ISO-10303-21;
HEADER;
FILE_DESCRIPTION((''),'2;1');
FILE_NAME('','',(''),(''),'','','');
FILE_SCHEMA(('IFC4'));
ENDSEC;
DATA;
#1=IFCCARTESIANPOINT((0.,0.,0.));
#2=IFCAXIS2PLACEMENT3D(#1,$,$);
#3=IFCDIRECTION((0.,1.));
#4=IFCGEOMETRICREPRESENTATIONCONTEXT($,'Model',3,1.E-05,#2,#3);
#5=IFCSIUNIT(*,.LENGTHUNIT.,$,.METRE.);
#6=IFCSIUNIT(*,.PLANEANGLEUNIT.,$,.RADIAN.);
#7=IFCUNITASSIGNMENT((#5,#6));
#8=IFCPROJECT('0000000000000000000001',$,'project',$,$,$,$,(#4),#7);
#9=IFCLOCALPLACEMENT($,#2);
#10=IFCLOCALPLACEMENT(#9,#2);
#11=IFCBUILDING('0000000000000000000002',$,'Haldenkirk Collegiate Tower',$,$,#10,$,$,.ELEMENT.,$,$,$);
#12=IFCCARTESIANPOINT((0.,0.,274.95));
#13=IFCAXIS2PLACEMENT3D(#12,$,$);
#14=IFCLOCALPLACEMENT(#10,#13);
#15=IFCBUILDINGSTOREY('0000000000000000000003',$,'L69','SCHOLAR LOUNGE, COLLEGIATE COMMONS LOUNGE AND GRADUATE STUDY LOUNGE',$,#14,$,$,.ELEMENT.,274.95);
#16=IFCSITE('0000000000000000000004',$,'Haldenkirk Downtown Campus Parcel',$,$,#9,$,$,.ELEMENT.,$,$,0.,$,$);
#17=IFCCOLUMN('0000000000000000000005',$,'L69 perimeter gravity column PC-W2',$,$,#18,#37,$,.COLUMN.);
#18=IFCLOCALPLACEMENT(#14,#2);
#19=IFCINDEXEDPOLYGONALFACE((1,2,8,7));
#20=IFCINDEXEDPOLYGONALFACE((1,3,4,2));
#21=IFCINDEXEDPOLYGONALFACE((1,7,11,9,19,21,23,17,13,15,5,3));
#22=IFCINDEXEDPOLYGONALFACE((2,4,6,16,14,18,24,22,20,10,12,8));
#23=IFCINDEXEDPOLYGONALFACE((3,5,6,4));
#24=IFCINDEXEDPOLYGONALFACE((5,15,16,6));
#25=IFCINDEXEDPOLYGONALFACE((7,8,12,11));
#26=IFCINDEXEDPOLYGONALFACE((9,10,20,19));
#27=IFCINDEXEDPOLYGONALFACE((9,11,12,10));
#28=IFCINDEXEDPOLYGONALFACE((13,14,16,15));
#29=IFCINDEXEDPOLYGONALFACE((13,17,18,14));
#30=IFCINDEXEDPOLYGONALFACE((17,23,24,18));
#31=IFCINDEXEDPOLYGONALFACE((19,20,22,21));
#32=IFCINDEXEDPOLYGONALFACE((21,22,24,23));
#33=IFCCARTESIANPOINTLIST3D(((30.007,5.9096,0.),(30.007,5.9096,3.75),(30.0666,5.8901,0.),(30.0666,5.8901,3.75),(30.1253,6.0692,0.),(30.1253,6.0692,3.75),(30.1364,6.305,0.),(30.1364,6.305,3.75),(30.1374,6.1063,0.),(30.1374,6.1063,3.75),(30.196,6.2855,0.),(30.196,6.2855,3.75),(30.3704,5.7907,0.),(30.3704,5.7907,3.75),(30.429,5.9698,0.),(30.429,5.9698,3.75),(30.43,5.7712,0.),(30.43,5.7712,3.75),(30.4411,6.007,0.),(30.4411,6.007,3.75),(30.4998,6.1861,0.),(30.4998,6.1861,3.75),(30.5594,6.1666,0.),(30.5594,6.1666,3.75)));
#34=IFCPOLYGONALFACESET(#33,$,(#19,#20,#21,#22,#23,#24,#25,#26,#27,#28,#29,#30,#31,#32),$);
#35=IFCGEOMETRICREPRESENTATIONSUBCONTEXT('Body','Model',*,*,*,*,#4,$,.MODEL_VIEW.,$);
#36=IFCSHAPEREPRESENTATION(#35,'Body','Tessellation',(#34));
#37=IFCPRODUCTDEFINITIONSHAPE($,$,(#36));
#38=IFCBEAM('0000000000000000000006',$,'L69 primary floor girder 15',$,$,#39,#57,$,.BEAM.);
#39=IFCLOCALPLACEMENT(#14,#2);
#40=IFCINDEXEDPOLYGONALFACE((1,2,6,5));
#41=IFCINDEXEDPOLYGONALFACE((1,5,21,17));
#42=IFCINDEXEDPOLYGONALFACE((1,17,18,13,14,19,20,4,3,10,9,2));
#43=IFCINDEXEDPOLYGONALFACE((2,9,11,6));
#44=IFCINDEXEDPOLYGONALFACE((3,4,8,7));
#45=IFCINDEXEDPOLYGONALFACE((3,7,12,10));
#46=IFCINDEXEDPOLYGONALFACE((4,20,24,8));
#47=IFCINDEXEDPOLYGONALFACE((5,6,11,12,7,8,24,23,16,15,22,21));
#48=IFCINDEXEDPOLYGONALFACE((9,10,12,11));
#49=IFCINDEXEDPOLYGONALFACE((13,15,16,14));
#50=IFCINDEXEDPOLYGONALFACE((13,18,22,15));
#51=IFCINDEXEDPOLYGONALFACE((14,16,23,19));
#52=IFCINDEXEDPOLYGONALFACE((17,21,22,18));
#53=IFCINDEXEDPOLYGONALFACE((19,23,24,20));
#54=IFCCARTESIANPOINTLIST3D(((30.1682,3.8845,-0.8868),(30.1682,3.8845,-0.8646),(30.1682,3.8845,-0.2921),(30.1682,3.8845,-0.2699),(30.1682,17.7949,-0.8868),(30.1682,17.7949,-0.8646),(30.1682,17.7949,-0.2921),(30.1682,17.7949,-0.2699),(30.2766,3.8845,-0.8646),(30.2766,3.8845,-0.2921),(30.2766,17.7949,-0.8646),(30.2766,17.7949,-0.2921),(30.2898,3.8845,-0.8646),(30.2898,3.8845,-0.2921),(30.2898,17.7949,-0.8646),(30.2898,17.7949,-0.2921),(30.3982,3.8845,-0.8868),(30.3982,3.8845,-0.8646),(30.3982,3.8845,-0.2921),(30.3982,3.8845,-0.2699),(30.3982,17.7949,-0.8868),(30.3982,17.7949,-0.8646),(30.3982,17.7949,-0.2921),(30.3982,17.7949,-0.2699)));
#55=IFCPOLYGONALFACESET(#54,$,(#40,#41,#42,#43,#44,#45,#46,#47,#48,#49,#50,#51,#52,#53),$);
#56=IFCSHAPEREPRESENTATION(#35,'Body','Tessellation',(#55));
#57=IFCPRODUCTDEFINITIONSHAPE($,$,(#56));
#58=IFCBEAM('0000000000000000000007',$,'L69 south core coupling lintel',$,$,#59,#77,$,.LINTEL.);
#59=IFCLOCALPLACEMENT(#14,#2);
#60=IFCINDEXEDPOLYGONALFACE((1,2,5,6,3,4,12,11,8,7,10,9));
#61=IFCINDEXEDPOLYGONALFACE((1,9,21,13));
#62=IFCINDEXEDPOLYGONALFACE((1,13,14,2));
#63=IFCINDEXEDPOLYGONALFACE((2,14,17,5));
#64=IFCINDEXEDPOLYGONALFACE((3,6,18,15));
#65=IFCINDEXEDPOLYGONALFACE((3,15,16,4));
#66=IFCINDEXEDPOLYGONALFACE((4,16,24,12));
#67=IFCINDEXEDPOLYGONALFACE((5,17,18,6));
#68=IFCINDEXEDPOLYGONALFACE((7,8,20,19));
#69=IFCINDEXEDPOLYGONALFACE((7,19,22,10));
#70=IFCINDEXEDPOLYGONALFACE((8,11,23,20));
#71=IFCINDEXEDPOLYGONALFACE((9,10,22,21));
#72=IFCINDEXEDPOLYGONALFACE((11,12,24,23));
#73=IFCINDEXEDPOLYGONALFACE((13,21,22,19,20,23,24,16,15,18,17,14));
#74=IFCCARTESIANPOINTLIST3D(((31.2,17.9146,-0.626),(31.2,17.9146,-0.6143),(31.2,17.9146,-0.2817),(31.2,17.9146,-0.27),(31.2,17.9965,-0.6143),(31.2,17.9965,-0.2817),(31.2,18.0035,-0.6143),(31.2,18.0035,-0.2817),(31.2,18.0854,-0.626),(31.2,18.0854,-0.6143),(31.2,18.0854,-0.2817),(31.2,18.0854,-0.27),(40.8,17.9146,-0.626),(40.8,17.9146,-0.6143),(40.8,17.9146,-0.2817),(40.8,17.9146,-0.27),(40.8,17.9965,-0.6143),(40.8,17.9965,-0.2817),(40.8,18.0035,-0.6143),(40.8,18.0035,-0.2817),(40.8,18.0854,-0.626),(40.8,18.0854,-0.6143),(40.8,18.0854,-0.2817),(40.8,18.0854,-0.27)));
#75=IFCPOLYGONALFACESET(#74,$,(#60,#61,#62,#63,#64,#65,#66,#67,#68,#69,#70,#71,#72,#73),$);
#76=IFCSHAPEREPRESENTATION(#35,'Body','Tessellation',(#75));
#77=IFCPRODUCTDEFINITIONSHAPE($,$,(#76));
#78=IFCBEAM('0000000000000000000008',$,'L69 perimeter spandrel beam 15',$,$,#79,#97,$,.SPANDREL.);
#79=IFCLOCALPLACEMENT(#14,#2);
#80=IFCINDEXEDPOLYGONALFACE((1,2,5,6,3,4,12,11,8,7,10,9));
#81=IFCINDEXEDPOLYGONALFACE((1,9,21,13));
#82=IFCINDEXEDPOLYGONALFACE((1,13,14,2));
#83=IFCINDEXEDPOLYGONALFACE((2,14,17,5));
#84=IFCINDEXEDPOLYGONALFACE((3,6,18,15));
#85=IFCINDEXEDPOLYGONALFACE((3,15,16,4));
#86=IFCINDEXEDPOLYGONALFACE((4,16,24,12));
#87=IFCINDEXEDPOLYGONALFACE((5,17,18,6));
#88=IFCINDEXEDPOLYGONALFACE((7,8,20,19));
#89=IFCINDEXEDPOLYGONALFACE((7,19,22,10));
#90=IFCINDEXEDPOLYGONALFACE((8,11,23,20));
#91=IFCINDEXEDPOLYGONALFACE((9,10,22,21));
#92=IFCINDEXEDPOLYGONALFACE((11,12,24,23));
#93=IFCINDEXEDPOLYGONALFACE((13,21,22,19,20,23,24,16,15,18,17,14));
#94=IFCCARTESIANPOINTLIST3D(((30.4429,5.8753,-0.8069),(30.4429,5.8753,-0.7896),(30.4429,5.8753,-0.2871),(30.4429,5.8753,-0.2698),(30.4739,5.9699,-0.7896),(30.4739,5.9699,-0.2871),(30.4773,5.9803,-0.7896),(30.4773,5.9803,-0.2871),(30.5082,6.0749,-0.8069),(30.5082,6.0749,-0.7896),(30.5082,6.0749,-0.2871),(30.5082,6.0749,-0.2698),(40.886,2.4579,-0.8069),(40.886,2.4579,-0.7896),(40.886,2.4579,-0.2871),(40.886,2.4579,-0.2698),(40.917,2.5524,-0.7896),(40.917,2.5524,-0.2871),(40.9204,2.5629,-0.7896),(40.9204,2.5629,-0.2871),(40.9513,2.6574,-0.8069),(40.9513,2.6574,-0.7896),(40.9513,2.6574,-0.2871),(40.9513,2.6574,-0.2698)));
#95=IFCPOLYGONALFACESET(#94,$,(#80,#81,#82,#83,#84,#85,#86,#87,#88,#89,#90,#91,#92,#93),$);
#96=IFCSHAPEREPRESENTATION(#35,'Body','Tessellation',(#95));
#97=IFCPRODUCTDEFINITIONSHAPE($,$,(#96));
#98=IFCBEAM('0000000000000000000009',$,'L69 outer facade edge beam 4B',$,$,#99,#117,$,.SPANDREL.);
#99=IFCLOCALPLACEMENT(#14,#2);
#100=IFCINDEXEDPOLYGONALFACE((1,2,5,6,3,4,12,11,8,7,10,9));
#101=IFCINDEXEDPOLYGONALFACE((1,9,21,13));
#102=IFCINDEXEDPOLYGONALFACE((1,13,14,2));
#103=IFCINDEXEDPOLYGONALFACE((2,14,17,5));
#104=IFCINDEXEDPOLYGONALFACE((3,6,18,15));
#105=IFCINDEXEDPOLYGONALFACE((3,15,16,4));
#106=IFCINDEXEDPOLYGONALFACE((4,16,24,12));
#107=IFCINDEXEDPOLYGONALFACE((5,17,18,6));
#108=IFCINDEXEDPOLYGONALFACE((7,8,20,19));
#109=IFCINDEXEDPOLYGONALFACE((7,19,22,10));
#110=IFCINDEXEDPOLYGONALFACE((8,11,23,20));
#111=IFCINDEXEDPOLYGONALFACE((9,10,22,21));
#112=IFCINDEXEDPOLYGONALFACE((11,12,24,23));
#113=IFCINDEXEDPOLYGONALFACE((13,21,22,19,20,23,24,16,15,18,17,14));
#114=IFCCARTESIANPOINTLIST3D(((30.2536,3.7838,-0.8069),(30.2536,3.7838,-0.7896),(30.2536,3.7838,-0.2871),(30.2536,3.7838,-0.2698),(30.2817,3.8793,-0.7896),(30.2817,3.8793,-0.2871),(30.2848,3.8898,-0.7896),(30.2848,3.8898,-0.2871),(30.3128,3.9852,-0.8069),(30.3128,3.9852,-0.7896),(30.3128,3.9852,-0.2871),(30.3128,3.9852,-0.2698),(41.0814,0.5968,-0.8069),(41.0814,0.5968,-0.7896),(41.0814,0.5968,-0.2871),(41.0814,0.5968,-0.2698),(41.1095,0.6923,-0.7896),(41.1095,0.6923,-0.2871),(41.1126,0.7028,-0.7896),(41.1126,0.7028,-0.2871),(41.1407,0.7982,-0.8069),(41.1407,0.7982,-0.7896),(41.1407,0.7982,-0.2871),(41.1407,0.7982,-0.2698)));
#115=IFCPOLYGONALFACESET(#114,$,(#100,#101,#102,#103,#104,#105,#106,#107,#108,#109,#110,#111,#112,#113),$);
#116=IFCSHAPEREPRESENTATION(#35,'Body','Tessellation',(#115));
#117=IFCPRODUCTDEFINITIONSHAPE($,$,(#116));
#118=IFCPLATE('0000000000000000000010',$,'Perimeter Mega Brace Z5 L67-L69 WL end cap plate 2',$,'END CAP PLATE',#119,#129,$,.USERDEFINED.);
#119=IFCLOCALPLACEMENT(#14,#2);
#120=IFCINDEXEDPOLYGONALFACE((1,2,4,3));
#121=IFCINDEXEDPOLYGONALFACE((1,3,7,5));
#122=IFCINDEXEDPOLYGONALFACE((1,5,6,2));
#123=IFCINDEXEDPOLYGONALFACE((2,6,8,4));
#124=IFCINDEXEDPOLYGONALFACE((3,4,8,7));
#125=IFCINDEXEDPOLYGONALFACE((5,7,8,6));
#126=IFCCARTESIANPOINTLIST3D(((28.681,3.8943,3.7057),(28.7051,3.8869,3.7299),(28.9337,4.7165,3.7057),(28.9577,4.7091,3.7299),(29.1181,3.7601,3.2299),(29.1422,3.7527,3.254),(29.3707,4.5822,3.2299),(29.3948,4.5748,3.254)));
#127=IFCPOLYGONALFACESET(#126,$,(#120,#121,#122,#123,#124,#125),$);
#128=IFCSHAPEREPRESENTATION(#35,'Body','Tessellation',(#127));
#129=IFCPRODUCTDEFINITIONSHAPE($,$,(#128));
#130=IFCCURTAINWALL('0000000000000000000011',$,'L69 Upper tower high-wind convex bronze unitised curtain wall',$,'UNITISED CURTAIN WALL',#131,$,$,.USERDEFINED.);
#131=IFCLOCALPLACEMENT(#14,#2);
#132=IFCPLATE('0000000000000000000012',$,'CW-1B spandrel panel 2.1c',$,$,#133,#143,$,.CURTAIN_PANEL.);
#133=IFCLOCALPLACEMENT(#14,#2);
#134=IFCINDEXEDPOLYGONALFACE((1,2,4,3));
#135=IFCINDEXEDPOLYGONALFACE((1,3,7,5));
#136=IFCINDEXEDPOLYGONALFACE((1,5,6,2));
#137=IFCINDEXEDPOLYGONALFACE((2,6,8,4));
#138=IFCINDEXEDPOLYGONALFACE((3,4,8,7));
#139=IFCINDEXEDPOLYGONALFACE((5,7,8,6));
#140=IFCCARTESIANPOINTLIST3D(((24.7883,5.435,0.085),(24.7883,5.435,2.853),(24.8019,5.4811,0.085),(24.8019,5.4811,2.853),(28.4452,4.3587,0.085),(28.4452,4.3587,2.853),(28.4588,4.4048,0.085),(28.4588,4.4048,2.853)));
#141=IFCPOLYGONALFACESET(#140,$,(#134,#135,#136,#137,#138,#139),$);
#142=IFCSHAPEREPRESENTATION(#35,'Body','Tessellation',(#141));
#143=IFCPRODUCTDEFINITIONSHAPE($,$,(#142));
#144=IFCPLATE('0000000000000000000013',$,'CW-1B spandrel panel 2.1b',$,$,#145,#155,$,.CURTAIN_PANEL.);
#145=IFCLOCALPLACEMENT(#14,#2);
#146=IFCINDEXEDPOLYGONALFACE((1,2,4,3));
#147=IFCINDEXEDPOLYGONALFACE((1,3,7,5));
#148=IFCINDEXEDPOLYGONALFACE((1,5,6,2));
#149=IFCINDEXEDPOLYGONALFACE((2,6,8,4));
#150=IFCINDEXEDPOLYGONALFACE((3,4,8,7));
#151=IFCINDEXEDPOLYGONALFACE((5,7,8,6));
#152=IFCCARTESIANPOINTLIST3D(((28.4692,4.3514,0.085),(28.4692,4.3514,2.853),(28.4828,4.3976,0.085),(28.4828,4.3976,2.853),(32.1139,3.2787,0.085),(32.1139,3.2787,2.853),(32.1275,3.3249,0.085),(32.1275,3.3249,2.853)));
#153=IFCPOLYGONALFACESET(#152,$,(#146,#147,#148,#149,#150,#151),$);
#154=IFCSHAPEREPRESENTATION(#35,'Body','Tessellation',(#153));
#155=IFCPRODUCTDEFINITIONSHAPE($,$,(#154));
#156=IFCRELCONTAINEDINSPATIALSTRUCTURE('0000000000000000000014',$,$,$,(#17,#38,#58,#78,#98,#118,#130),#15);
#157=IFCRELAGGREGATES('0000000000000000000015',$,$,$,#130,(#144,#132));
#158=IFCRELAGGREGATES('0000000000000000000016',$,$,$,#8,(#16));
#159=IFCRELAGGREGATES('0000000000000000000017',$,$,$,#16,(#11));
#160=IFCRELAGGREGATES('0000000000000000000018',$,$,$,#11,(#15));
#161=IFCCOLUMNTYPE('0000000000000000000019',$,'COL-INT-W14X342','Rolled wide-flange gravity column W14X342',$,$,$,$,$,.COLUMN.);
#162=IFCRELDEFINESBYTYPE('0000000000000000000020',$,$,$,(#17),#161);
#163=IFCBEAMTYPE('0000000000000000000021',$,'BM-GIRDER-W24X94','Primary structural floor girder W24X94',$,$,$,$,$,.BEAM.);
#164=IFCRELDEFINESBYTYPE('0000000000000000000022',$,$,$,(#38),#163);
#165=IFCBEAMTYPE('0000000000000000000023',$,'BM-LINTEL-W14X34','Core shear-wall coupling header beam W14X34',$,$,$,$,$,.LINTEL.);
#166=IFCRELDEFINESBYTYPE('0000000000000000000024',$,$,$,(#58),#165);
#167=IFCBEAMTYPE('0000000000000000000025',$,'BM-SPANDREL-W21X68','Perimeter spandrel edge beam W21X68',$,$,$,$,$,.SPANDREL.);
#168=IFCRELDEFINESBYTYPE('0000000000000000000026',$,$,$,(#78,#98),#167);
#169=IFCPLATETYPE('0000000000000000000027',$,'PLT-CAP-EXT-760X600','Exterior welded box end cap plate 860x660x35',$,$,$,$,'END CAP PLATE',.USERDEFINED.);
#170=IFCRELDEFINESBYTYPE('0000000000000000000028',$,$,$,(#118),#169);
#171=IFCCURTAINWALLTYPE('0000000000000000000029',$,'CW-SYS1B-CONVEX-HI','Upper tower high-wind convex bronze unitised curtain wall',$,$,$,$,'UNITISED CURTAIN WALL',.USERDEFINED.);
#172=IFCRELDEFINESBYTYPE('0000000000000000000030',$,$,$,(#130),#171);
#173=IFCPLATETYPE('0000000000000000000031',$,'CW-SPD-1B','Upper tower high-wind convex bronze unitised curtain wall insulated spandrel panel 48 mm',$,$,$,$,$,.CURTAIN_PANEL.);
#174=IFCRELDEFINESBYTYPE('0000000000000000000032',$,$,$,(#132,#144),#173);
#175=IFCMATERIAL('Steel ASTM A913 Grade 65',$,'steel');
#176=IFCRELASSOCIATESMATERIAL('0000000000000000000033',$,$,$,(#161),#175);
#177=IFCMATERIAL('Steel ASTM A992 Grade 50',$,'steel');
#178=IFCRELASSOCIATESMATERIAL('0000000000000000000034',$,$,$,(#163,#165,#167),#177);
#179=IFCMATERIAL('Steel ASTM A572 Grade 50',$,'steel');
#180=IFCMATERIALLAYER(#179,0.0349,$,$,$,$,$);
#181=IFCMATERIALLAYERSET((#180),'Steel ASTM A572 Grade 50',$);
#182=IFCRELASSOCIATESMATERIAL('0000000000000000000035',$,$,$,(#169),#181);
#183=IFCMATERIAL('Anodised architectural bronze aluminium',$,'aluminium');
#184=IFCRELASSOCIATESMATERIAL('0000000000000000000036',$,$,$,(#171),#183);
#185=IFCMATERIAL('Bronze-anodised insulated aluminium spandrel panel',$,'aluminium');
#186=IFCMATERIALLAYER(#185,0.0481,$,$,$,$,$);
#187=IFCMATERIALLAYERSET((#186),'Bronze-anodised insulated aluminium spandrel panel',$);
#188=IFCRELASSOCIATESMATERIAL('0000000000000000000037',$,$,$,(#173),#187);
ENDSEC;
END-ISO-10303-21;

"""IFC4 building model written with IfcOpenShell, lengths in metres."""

from ifc_helpers import new_model, si_unit, direction, frame, origin, origin_2d, place, context, subcontext, project, spatial, rectangle, i_section, extrude, source, transform, mapped, material, layer, layer_set, material_profile, profile_set, type_object, element, aggregate, save


model = new_model("IFC4")

# Units and contexts
model_context = context("Model", 3, precision=1e-05, world=origin(), true_north=direction((0.0, 1.0)))
body_context = subcontext(model_context, "Body", "Model", "MODEL_VIEW")
ifc_project = project(units=[si_unit("LENGTHUNIT", "METRE"), si_unit("PLANEANGLEUNIT", "RADIAN")], contexts=[model_context])

# Site, building, storey
site_placement = place(None, origin())
site = spatial("IfcSite", under=ifc_project, at=site_placement, Name="Haldenkirk Downtown Campus Parcel", CompositionType="ELEMENT", RefElevation=0.0)
building_placement = place(site_placement, origin())
building = spatial("IfcBuilding", under=site, at=building_placement, Name="Haldenkirk Collegiate Tower", CompositionType="ELEMENT")
storey_placement = place(building_placement, frame((0.0, 0.0, 274.95)))
storey = spatial("IfcBuildingStorey", under=building, at=storey_placement, Name="L69", Description="SCHOLAR LOUNGE, COLLEGIATE COMMONS LOUNGE AND GRADUATE STUDY LOUNGE", CompositionType="ELEMENT", Elevation=274.95)

# Column
ifc_material_1 = material(Name="Steel ASTM A913 Grade 65", Category="steel")
ifc_material_profile_1 = material_profile(ifc_material_1, i_section(OverallWidth=0.416, OverallDepth=0.4451, WebThickness=0.0391, FlangeThickness=0.0627, at=origin_2d()), Name="W14X342")
ifc_profile_set_1 = profile_set([ifc_material_profile_1], Name="Steel ASTM A913 Grade 65")
column_type = type_object("IfcColumnType", Name="COL-INT-W14X342", Description="Rolled wide-flange gravity column W14X342", PredefinedType="COLUMN", material=ifc_profile_set_1)
column_placement = place(storey_placement, frame((30.2832, 6.0381, 0.0), z_axis=(0.0, 0.0, 1.0), x_axis=(0.311008, 0.950407, 0.0)))
element("IfcColumn", 1, at=column_placement, inside=storey, type_object=column_type, Name="L69 perimeter gravity column PC-W2", PredefinedType="COLUMN", context=body_context, shape_type="SweptSolid", body=[
    extrude(i_section(OverallWidth=0.416, OverallDepth=0.4451, WebThickness=0.0391, FlangeThickness=0.0627, at=origin_2d()), origin(), (0.0, 0.0, 1.0), 3.75),
])

# Beams
ifc_material_2 = material(Name="Steel ASTM A992 Grade 50", Category="steel")
ifc_material_profile_2 = material_profile(ifc_material_2, i_section(OverallWidth=0.23, OverallDepth=0.6169, WebThickness=0.0132, FlangeThickness=0.0222, at=origin_2d()), Name="W24X94")
ifc_profile_set_2 = profile_set([ifc_material_profile_2], Name="Steel ASTM A992 Grade 50")
beam_type_1 = type_object("IfcBeamType", Name="BM-GIRDER-W24X94", Description="Primary structural floor girder W24X94", PredefinedType="BEAM", material=ifc_profile_set_2)
beam_1_placement = place(storey_placement, frame((30.2832, 3.8845, -0.5784), z_axis=(0.0, 1.0, 0.0), x_axis=(-1.0, 0.0, 0.0)))
element("IfcBeam", 2, at=beam_1_placement, inside=storey, type_object=beam_type_1, Name="L69 primary floor girder 15", PredefinedType="BEAM", context=body_context, shape_type="SweptSolid", body=[
    extrude(i_section(OverallWidth=0.23, OverallDepth=0.6169, WebThickness=0.0132, FlangeThickness=0.0222, at=origin_2d()), origin(), (0.0, 0.0, 1.0), 13.9104),
])
ifc_material_profile_3 = material_profile(ifc_material_2, i_section(OverallWidth=0.1709, OverallDepth=0.356, WebThickness=0.0071, FlangeThickness=0.0117, at=origin_2d()), Name="W14X34")
ifc_profile_set_3 = profile_set([ifc_material_profile_3], Name="Steel ASTM A992 Grade 50")
beam_type_2 = type_object("IfcBeamType", Name="BM-LINTEL-W14X34", Description="Core shear-wall coupling header beam W14X34", PredefinedType="LINTEL", material=ifc_profile_set_3)
beam_2_placement = place(storey_placement, frame((31.2, 18.0, -0.448), z_axis=(1.0, 0.0, 0.0), x_axis=(0.0, 1.0, 0.0)))
element("IfcBeam", 3, at=beam_2_placement, inside=storey, type_object=beam_type_2, Name="L69 south core coupling lintel", PredefinedType="LINTEL", context=body_context, shape_type="SweptSolid", body=[
    extrude(i_section(OverallWidth=0.1709, OverallDepth=0.356, WebThickness=0.0071, FlangeThickness=0.0117, at=origin_2d()), origin(), (0.0, 0.0, 1.0), 9.6001),
])
ifc_material_profile_4 = material_profile(ifc_material_2, i_section(OverallWidth=0.21, OverallDepth=0.5371, WebThickness=0.011, FlangeThickness=0.0173, at=origin_2d()), Name="W21X68")
ifc_profile_set_4 = profile_set([ifc_material_profile_4], Name="Steel ASTM A992 Grade 50")
beam_type_3 = type_object("IfcBeamType", Name="BM-SPANDREL-W21X68", Description="Perimeter spandrel edge beam W21X68", PredefinedType="SPANDREL", material=ifc_profile_set_4)
beam_3_placement = place(storey_placement, frame((30.4756, 5.9751, -0.5383), z_axis=(0.950404, -0.311017, 0.0), x_axis=(0.311017, 0.950404, 0.0)))
element("IfcBeam", 4, at=beam_3_placement, inside=storey, type_object=beam_type_3, Name="L69 perimeter spandrel beam 15", PredefinedType="SPANDREL", context=body_context, shape_type="SweptSolid", body=[
    extrude(i_section(OverallWidth=0.21, OverallDepth=0.5371, WebThickness=0.011, FlangeThickness=0.0173, at=origin_2d()), origin(), (0.0, 0.0, 1.0), 10.988),
])
beam_4_placement = place(storey_placement, frame((30.2832, 3.8845, -0.5383), z_axis=(0.959309, -0.282357, 0.0), x_axis=(0.282357, 0.959309, 0.0)))
element("IfcBeam", 5, at=beam_4_placement, inside=storey, type_object=beam_type_3, Name="L69 outer facade edge beam 4B", PredefinedType="SPANDREL", context=body_context, shape_type="SweptSolid", body=[
    extrude(i_section(OverallWidth=0.21, OverallDepth=0.5371, WebThickness=0.011, FlangeThickness=0.0173, at=origin_2d()), origin(), (0.0, 0.0, 1.0), 11.2871),
])

# Plate
ifc_material_3 = material(Name="Steel ASTM A572 Grade 50", Category="steel")
ifc_layer_1 = layer(ifc_material_3, 0.0349)
ifc_layer_set_1 = layer_set([ifc_layer_1], Name="Steel ASTM A572 Grade 50")
plate_type_1 = type_object("IfcPlateType", Name="PLT-CAP-EXT-760X600", Description="Exterior welded box end cap plate 860x660x35", ElementType="END CAP PLATE", PredefinedType="USERDEFINED", material=ifc_layer_set_1)
shared_shape_1 = source(origin(), body_context, "Body", "SweptSolid", [
    extrude(rectangle(XDim=0.8601, YDim=0.6599, at=origin_2d()), origin(), (0.0, 0.0, 1.0), 0.0349),
])
plate_1_placement = place(storey_placement, frame((29.0259, 4.2383, 3.4678), z_axis=(0.689271, -0.211775, 0.692861), x_axis=(0.293696, 0.955899, 0.0)))
element("IfcPlate", 6, at=plate_1_placement, inside=storey, type_object=plate_type_1, Name="Perimeter Mega Brace Z5 L67-L69 WL end cap plate 2", ObjectType="END CAP PLATE", PredefinedType="USERDEFINED", context=body_context, shape_type="MappedRepresentation", body=[
    mapped(shared_shape_1, transform((0.0, 0.0, 0.0), x_axis=(1.0, 0.0, 0.0), y_axis=(0.0, 1.0, 0.0), z_axis=(0.0, 0.0, 1.0), scale=1.0)),
])

# Curtain wall, plates
ifc_material_4 = material(Name="Anodised architectural bronze aluminium", Category="aluminium")
curtain_wall_type = type_object("IfcCurtainWallType", Name="CW-SYS1B-CONVEX-HI", Description="Upper tower high-wind convex bronze unitised curtain wall", ElementType="UNITISED CURTAIN WALL", PredefinedType="USERDEFINED", material=ifc_material_4)
curtain_wall_placement = place(storey_placement, origin())
curtain_wall = element("IfcCurtainWall", 7, at=curtain_wall_placement, inside=storey, type_object=curtain_wall_type, Name="L69 Upper tower high-wind convex bronze unitised curtain wall", ObjectType="UNITISED CURTAIN WALL", PredefinedType="USERDEFINED")
ifc_material_5 = material(Name="Bronze-anodised insulated aluminium spandrel panel", Category="aluminium")
ifc_layer_2 = layer(ifc_material_5, 0.0481)
ifc_layer_set_2 = layer_set([ifc_layer_2], Name="Bronze-anodised insulated aluminium spandrel panel")
plate_type_2 = type_object("IfcPlateType", Name="CW-SPD-1B", Description="Upper tower high-wind convex bronze unitised curtain wall insulated spandrel panel 48 mm", PredefinedType="CURTAIN_PANEL", material=ifc_layer_set_2)
shared_shape_2 = source(origin(), body_context, "Body", "SweptSolid", [
    extrude(rectangle(XDim=3.812, YDim=0.0481, at=origin_2d()), origin(), (0.0, 0.0, 1.0), 2.7681),
])
plate_2_placement = place(storey_placement, frame((26.6235, 4.9199, 0.085), z_axis=(0.0, 0.0, 1.0), x_axis=(-0.959314, 0.282342, 0.0)))
plate_2 = element("IfcPlate", 8, at=plate_2_placement, type_object=plate_type_2, Name="CW-1B spandrel panel 2.1c", PredefinedType="CURTAIN_PANEL", context=body_context, shape_type="MappedRepresentation", body=[
    mapped(shared_shape_2, transform((0.0, 0.0, 0.0), x_axis=(1.0, 0.0, 0.0), y_axis=(0.0, 1.0, 0.0), z_axis=(0.0, 0.0, 1.0), scale=1.0)),
])
shared_shape_3 = source(origin(), body_context, "Body", "SweptSolid", [
    extrude(rectangle(XDim=3.7993, YDim=0.0481, at=origin_2d()), origin(), (0.0, 0.0, 1.0), 2.7681),
])
plate_3_placement = place(storey_placement, frame((30.2983, 3.8381, 0.085), z_axis=(0.0, 0.0, 1.0), x_axis=(-0.959314, 0.282342, 0.0)))
plate_3 = element("IfcPlate", 9, at=plate_3_placement, type_object=plate_type_2, Name="CW-1B spandrel panel 2.1b", PredefinedType="CURTAIN_PANEL", context=body_context, shape_type="MappedRepresentation", body=[
    mapped(shared_shape_3, transform((0.0, 0.0, 0.0), x_axis=(1.0, 0.0, 0.0), y_axis=(0.0, 1.0, 0.0), z_axis=(0.0, 0.0, 1.0), scale=1.0)),
])
aggregate(curtain_wall, [plate_3, plate_2])

save(model, "model.ifc")
